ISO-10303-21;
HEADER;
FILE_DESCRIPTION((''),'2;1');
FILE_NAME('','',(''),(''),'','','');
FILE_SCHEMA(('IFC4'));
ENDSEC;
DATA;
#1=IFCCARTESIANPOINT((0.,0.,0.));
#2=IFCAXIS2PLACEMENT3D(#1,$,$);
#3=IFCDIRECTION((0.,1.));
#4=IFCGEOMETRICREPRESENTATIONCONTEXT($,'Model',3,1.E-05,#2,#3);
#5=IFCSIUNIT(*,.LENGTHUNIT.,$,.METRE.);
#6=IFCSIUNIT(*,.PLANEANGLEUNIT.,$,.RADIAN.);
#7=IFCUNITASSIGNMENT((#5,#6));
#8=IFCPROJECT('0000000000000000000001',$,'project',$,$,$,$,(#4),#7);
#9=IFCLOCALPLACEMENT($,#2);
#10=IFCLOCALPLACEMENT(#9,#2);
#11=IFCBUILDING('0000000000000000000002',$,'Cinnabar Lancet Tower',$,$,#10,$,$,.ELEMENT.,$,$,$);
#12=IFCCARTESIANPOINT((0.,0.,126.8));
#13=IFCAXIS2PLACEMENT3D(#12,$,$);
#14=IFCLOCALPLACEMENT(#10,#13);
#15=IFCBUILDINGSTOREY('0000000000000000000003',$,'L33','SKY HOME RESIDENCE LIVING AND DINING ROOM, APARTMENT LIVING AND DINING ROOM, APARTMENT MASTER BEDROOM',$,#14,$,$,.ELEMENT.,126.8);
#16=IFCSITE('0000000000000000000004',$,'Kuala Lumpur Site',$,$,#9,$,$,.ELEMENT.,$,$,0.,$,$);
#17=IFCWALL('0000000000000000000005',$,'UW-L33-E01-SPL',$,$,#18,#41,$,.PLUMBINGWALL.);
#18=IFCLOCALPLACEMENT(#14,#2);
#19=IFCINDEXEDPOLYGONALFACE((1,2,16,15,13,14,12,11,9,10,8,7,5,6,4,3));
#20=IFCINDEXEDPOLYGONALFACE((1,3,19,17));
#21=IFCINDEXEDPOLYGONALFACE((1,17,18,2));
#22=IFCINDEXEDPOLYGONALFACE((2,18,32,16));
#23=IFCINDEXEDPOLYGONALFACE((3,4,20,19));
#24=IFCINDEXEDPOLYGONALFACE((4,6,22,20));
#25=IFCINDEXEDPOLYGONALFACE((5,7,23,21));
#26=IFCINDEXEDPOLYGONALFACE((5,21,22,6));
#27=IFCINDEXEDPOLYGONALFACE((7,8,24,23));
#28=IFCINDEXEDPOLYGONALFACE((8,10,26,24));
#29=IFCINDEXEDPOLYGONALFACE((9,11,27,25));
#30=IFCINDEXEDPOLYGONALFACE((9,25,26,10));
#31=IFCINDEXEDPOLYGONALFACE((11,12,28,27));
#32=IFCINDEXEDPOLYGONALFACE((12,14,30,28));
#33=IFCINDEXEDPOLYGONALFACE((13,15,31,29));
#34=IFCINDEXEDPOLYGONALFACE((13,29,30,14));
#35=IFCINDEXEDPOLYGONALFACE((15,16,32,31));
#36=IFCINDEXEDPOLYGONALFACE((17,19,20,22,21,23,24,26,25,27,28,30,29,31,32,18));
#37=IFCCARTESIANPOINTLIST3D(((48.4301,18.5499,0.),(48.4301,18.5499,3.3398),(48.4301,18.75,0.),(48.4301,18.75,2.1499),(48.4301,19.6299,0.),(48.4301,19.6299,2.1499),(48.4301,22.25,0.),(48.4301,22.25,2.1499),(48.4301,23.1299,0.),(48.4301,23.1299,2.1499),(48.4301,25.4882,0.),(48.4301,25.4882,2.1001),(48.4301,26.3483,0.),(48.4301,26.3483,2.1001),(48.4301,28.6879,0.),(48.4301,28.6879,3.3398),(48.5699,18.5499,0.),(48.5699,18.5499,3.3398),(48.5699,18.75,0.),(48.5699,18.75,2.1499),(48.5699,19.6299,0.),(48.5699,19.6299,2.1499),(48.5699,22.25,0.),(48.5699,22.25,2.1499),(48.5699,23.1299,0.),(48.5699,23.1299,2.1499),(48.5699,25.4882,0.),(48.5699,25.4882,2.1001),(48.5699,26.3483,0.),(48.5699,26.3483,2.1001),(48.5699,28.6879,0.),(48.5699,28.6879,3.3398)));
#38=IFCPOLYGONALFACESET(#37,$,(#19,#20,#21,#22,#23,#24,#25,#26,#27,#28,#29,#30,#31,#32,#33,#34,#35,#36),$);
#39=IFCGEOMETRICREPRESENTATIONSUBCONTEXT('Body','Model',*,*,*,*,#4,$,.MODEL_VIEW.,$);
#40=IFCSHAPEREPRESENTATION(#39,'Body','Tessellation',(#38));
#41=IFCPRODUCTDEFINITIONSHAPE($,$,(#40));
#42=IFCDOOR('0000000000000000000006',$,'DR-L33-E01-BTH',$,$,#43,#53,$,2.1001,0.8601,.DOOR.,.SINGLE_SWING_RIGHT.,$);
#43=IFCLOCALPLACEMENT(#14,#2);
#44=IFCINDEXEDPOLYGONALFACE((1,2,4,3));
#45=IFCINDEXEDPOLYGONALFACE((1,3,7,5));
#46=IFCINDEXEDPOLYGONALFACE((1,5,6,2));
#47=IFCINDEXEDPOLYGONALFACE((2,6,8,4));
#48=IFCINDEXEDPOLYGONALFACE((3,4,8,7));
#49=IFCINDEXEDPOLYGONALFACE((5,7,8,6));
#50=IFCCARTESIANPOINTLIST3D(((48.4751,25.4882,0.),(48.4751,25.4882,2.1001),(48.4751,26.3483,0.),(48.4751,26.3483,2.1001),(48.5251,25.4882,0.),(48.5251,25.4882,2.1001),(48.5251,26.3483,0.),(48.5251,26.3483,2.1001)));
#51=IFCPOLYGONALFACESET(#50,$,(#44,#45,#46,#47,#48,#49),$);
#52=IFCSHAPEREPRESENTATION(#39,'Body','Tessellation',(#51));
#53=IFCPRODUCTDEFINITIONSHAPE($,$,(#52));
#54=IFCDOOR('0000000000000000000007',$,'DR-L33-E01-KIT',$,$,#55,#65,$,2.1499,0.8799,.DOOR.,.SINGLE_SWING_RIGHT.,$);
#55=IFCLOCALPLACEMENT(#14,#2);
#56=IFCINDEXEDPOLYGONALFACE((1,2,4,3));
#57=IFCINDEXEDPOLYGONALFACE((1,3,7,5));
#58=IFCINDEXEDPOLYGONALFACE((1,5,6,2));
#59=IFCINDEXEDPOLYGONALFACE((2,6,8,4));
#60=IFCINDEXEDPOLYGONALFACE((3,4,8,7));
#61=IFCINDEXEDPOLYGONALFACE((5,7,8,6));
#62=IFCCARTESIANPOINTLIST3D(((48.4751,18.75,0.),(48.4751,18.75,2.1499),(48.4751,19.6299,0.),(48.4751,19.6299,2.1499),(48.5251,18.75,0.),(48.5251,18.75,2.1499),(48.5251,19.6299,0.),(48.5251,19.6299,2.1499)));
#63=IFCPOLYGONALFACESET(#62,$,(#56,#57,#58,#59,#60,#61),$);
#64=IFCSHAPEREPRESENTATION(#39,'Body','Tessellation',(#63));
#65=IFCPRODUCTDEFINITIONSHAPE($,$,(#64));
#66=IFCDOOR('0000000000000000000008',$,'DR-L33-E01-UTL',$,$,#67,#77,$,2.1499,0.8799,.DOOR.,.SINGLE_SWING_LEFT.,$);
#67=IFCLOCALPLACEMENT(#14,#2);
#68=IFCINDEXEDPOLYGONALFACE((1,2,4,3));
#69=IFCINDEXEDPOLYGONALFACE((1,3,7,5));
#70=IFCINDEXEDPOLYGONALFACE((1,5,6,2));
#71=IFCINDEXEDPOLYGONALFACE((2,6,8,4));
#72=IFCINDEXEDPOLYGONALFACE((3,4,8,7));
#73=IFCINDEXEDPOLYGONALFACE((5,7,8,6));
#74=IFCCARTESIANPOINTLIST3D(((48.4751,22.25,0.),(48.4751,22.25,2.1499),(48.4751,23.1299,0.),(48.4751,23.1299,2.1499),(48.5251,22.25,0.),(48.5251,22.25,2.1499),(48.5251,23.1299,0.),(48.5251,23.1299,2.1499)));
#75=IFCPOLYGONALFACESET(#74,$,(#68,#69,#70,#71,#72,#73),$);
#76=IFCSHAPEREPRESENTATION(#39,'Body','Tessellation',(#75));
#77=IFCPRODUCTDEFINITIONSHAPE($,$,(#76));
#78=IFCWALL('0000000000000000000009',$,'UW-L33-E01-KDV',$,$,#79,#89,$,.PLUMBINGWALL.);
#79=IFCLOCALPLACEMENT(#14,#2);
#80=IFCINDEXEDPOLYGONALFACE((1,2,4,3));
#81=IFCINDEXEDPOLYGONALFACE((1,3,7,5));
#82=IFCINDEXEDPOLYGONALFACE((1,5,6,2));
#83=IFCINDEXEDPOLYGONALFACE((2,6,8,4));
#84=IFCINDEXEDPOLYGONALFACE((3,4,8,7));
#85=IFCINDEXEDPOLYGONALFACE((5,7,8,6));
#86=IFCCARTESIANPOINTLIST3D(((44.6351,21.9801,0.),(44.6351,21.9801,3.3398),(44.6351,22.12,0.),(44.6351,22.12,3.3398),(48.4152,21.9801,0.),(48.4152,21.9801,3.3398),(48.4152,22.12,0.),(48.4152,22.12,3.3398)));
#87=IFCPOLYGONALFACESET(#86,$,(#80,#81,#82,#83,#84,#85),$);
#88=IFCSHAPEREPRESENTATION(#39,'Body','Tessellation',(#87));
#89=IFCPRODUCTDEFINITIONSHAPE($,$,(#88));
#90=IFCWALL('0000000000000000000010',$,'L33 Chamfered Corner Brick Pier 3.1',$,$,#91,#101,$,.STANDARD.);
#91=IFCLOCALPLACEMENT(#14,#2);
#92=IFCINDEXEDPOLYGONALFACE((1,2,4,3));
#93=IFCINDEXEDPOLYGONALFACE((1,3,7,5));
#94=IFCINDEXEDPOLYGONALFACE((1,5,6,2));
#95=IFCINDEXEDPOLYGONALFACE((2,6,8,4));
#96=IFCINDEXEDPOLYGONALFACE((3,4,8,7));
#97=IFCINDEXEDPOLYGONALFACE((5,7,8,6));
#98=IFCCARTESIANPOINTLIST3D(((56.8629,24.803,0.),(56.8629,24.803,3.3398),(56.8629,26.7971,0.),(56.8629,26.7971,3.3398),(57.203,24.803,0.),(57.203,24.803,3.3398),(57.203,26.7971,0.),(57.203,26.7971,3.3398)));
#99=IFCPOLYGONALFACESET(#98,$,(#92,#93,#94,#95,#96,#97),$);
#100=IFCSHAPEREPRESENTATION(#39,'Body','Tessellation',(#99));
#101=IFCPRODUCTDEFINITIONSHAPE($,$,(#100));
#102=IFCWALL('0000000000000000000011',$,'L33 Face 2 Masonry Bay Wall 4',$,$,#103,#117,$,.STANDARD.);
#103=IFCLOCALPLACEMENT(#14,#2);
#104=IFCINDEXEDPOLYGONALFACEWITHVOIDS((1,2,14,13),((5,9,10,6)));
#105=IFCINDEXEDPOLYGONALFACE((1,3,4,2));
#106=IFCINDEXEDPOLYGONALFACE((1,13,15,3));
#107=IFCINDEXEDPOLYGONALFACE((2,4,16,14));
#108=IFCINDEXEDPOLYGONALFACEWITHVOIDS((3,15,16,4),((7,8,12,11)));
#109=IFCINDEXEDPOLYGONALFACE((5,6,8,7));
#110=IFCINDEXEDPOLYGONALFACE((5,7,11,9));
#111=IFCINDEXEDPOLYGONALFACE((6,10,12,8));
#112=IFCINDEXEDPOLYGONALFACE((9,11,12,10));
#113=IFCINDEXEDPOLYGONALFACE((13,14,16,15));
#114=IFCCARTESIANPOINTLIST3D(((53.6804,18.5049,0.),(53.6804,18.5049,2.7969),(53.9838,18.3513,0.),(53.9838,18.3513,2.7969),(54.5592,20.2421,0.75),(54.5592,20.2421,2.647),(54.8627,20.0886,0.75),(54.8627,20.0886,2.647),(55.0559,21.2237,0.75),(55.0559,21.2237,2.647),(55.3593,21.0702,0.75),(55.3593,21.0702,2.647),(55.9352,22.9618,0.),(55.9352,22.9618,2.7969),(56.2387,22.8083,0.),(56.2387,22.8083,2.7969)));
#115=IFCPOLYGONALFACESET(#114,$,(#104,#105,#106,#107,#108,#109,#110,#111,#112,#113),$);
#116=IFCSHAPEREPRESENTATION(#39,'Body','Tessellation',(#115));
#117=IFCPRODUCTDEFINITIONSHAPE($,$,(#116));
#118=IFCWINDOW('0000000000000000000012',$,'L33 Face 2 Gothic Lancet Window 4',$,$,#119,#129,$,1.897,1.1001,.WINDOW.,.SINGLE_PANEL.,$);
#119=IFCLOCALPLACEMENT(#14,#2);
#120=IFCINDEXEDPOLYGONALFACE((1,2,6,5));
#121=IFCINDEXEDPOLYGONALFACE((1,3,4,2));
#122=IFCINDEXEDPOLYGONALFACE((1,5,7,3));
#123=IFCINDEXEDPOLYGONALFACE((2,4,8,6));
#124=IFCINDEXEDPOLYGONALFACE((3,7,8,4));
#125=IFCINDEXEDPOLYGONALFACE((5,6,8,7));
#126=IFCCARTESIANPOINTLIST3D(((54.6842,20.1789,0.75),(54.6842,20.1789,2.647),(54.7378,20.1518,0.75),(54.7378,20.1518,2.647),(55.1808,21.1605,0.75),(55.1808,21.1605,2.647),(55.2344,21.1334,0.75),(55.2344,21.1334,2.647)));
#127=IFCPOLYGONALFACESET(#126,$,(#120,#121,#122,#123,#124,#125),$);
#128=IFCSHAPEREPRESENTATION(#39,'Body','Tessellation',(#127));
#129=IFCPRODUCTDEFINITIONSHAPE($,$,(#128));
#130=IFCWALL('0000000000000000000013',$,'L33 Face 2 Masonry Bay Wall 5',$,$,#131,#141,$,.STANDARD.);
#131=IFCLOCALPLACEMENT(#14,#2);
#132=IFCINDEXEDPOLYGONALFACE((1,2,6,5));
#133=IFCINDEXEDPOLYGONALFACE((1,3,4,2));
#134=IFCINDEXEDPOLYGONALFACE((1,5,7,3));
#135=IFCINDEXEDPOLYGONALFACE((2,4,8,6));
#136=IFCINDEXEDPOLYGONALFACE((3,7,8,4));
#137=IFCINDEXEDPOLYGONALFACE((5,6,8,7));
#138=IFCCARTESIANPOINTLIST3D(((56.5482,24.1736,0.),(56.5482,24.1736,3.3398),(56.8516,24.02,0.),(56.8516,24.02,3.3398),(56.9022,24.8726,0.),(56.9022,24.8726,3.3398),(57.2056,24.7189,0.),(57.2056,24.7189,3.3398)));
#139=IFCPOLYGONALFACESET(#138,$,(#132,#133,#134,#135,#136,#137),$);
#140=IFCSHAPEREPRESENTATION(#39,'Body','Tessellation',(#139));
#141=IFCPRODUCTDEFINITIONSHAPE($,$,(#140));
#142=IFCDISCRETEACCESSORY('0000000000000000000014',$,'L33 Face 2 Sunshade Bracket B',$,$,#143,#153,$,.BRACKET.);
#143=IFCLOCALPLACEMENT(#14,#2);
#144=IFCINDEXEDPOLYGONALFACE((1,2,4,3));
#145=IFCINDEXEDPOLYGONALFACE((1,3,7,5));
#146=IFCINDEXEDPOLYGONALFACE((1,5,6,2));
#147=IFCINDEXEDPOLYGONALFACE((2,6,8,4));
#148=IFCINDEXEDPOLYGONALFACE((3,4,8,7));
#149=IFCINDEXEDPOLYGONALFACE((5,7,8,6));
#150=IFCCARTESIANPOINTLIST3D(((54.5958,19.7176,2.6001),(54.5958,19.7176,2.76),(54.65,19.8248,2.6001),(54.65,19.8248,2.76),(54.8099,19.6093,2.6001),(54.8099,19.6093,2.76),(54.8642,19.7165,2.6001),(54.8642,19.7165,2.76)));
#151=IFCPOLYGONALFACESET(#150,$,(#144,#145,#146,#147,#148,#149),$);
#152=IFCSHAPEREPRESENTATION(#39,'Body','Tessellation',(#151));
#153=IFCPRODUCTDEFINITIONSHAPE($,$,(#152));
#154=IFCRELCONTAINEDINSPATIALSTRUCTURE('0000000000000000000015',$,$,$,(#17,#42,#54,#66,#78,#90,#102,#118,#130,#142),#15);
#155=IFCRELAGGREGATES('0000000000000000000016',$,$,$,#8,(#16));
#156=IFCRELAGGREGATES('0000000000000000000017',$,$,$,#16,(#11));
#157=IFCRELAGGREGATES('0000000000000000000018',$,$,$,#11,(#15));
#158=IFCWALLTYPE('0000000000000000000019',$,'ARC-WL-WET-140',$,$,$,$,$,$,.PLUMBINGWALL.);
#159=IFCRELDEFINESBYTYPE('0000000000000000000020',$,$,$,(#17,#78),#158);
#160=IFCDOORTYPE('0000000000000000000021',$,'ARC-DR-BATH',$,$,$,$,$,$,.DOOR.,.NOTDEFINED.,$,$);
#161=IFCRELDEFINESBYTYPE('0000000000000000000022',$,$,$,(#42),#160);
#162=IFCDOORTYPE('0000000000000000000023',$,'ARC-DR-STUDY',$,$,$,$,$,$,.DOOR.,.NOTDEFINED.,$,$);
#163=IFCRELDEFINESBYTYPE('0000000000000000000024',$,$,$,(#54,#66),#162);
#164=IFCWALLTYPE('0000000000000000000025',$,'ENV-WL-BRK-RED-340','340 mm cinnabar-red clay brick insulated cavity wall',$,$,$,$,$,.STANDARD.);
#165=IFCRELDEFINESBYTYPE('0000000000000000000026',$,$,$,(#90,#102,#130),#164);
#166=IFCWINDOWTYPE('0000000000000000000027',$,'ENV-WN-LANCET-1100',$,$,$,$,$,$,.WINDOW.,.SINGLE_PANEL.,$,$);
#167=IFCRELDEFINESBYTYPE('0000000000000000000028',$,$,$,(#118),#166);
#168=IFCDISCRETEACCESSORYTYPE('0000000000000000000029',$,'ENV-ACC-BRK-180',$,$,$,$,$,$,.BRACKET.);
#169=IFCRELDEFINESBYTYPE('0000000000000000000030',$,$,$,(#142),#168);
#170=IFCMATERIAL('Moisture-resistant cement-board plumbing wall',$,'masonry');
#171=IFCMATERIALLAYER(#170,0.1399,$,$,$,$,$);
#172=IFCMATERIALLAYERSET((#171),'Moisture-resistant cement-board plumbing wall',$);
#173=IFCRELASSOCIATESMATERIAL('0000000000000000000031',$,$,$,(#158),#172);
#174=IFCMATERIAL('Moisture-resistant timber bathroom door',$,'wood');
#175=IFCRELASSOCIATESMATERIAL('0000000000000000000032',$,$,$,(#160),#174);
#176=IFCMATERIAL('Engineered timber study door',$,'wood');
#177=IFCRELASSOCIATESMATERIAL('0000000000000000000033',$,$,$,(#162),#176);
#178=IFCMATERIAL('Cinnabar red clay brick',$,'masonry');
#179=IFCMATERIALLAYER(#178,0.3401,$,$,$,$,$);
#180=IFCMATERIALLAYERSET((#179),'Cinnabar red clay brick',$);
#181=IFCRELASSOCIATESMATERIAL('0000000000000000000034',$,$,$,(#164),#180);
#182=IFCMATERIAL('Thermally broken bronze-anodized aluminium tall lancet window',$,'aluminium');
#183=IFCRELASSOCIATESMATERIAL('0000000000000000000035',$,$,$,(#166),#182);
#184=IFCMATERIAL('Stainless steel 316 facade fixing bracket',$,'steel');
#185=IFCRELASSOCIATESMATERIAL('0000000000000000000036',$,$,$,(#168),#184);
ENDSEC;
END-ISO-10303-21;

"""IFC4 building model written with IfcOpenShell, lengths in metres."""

from ifc_helpers import new_model, si_unit, direction, frame, frame_2d, origin, origin_2d, place, context, subcontext, project, spatial, rectangle, extrude, material, layer, layer_set, type_object, element, fill, save


model = new_model("IFC4")

# Units and contexts
model_context = context("Model", 3, precision=1e-05, world=origin(), true_north=direction((0.0, 1.0)))
body_context = subcontext(model_context, "Body", "Model", "MODEL_VIEW")
ifc_project = project(units=[si_unit("LENGTHUNIT", "METRE"), si_unit("PLANEANGLEUNIT", "RADIAN")], contexts=[model_context])

# Site, building, storey
site_placement = place(None, origin())
site = spatial("IfcSite", under=ifc_project, at=site_placement, Name="Kuala Lumpur Site", CompositionType="ELEMENT", RefElevation=0.0)
building_placement = place(site_placement, origin())
building = spatial("IfcBuilding", under=site, at=building_placement, Name="Cinnabar Lancet Tower", CompositionType="ELEMENT")
storey_placement = place(building_placement, frame((0.0, 0.0, 126.8)))
storey = spatial("IfcBuildingStorey", under=building, at=storey_placement, Name="L33", Description="SKY HOME RESIDENCE LIVING AND DINING ROOM, APARTMENT LIVING AND DINING ROOM, APARTMENT MASTER BEDROOM", CompositionType="ELEMENT", Elevation=126.8)

# Wall, openings, doors
ifc_material_1 = material(Name="Moisture-resistant cement-board plumbing wall", Category="masonry")
ifc_layer_1 = layer(ifc_material_1, 0.1399)
ifc_layer_set_1 = layer_set([ifc_layer_1], Name="Moisture-resistant cement-board plumbing wall")
wall_type_1 = type_object("IfcWallType", Name="ARC-WL-WET-140", PredefinedType="PLUMBINGWALL", material=ifc_layer_set_1)
wall_1_placement = place(storey_placement, frame((48.5, 18.55, 0.0), z_axis=(0.0, 0.0, 1.0), x_axis=(0.0, 1.0, 0.0)))
wall_1 = element("IfcWall", 1, at=wall_1_placement, inside=storey, type_object=wall_type_1, Name="UW-L33-E01-SPL", PredefinedType="PLUMBINGWALL", context=body_context, shape_type="SweptSolid", body=[
    extrude(rectangle(XDim=10.1379, YDim=0.1399, at=frame_2d((5.0688, 0.0))), origin(), (0.0, 0.0, 1.0), 3.3398),
])
opening_1_placement = place(wall_1_placement, frame((0.2, 0.0, 0.0)))
opening_1 = element("IfcOpeningElement", 2, at=opening_1_placement, cuts=wall_1, PredefinedType="OPENING", context=body_context, shape_type="SweptSolid", body=[
    extrude(rectangle(XDim=0.8799, YDim=2.1499, at=frame_2d((0.4399, 1.075))), frame((0.0, 0.0798, 0.0), z_axis=(0.0, -1.0, 0.0), x_axis=(1.0, 0.0, 0.0)), (0.0, 0.0, 1.0), 0.1599),
])
opening_2_placement = place(wall_1_placement, frame((3.7, 0.0, 0.0)))
opening_2 = element("IfcOpeningElement", 3, at=opening_2_placement, cuts=wall_1, PredefinedType="OPENING", context=body_context, shape_type="SweptSolid", body=[
    extrude(rectangle(XDim=0.8799, YDim=2.1499, at=frame_2d((0.4399, 1.075))), frame((0.0, 0.0798, 0.0), z_axis=(0.0, -1.0, 0.0), x_axis=(1.0, 0.0, 0.0)), (0.0, 0.0, 1.0), 0.1599),
])
opening_3_placement = place(wall_1_placement, frame((6.938, 0.0, 0.0)))
opening_3 = element("IfcOpeningElement", 4, at=opening_3_placement, cuts=wall_1, PredefinedType="OPENING", context=body_context, shape_type="SweptSolid", body=[
    extrude(rectangle(XDim=0.8601, YDim=2.1001, at=frame_2d((0.4302, 1.05))), frame((0.0, 0.0798, 0.0), z_axis=(0.0, -1.0, 0.0), x_axis=(1.0, 0.0, 0.0)), (0.0, 0.0, 1.0), 0.1599),
])
ifc_material_2 = material(Name="Moisture-resistant timber bathroom door", Category="wood")
door_type_1 = type_object("IfcDoorType", Name="ARC-DR-BATH", OperationType="NOTDEFINED", PredefinedType="DOOR", material=ifc_material_2)
door_1_placement = place(opening_3_placement, origin())
door_1 = element("IfcDoor", 5, at=door_1_placement, inside=storey, type_object=door_type_1, Name="DR-L33-E01-BTH", OperationType="SINGLE_SWING_RIGHT", OverallHeight=2.1001, OverallWidth=0.8601, PredefinedType="DOOR", context=body_context, shape_type="SweptSolid", body=[
    extrude(rectangle(XDim=0.8601, YDim=2.1001, at=frame_2d((0.4302, 1.05))), frame((0.0, 0.0249, 0.0), z_axis=(0.0, -1.0, 0.0), x_axis=(1.0, 0.0, 0.0)), (0.0, 0.0, 1.0), 0.05),
])
fill(opening_3, door_1)
ifc_material_3 = material(Name="Engineered timber study door", Category="wood")
door_type_2 = type_object("IfcDoorType", Name="ARC-DR-STUDY", OperationType="NOTDEFINED", PredefinedType="DOOR", material=ifc_material_3)
door_2_placement = place(opening_1_placement, origin())
door_2 = element("IfcDoor", 6, at=door_2_placement, inside=storey, type_object=door_type_2, Name="DR-L33-E01-KIT", OperationType="SINGLE_SWING_RIGHT", OverallHeight=2.1499, OverallWidth=0.8799, PredefinedType="DOOR", context=body_context, shape_type="SweptSolid", body=[
    extrude(rectangle(XDim=0.8799, YDim=2.1499, at=frame_2d((0.4399, 1.075))), frame((0.0, 0.0249, 0.0), z_axis=(0.0, -1.0, 0.0), x_axis=(1.0, 0.0, 0.0)), (0.0, 0.0, 1.0), 0.05),
])
fill(opening_1, door_2)
door_3_placement = place(opening_2_placement, origin())
door_3 = element("IfcDoor", 7, at=door_3_placement, inside=storey, type_object=door_type_2, Name="DR-L33-E01-UTL", OperationType="SINGLE_SWING_LEFT", OverallHeight=2.1499, OverallWidth=0.8799, PredefinedType="DOOR", context=body_context, shape_type="SweptSolid", body=[
    extrude(rectangle(XDim=0.8799, YDim=2.1499, at=frame_2d((0.4399, 1.075))), frame((0.0, 0.0249, 0.0), z_axis=(0.0, -1.0, 0.0), x_axis=(1.0, 0.0, 0.0)), (0.0, 0.0, 1.0), 0.05),
])
fill(opening_2, door_3)

# Walls
wall_2_placement = place(storey_placement, frame((44.635, 22.05, 0.0), z_axis=(0.0, 0.0, 1.0), x_axis=(1.0, 0.0, 0.0)))
element("IfcWall", 8, at=wall_2_placement, inside=storey, type_object=wall_type_1, Name="UW-L33-E01-KDV", PredefinedType="PLUMBINGWALL", context=body_context, shape_type="SweptSolid", body=[
    extrude(rectangle(XDim=3.78, YDim=0.1399, at=frame_2d((1.8901, 0.0))), origin(), (0.0, 0.0, 1.0), 3.3398),
])
ifc_material_4 = material(Name="Cinnabar red clay brick", Category="masonry")
ifc_layer_2 = layer(ifc_material_4, 0.3401)
ifc_layer_set_2 = layer_set([ifc_layer_2], Name="Cinnabar red clay brick")
wall_type_2 = type_object("IfcWallType", Name="ENV-WL-BRK-RED-340", Description="340 mm cinnabar-red clay brick insulated cavity wall", PredefinedType="STANDARD", material=ifc_layer_set_2)
wall_3_placement = place(storey_placement, frame((57.033, 24.803, 0.0), z_axis=(0.0, 0.0, 1.0), x_axis=(0.0, 1.0, 0.0)))
element("IfcWall", 9, at=wall_3_placement, inside=storey, type_object=wall_type_2, Name="L33 Chamfered Corner Brick Pier 3.1", PredefinedType="STANDARD", context=body_context, shape_type="SweptSolid", body=[
    extrude(rectangle(XDim=1.9941, YDim=0.3401, at=frame_2d((0.9971, 0.0))), origin(), (0.0, 0.0, 1.0), 3.3398),
])

# Wall, opening, window
wall_4_placement = place(storey_placement, frame((53.832, 18.428, 0.0), z_axis=(0.0, 0.0, 1.0), x_axis=(0.451432, 0.892306, 0.0)))
wall_4 = element("IfcWall", 10, at=wall_4_placement, inside=storey, type_object=wall_type_2, Name="L33 Face 2 Masonry Bay Wall 4", PredefinedType="STANDARD", context=body_context, shape_type="SweptSolid", body=[
    extrude(rectangle(XDim=4.9949, YDim=0.3401, at=frame_2d((2.4976, 0.0))), origin(), (0.0, 0.0, 1.0), 2.7969),
])
opening_4_placement = place(wall_4_placement, frame((1.947, 0.0, 0.75)))
opening_4 = element("IfcOpeningElement", 11, at=opening_4_placement, cuts=wall_4, PredefinedType="OPENING", context=body_context, shape_type="SweptSolid", body=[
    extrude(rectangle(XDim=1.1001, YDim=1.897, at=frame_2d((0.55, 0.9485))), frame((0.0, 0.1799, 0.0), z_axis=(0.0, -1.0, 0.0), x_axis=(1.0, 0.0, 0.0)), (0.0, 0.0, 1.0), 0.3601),
])
ifc_material_5 = material(Name="Thermally broken bronze-anodized aluminium tall lancet window", Category="aluminium")
window_type = type_object("IfcWindowType", Name="ENV-WN-LANCET-1100", PartitioningType="SINGLE_PANEL", PredefinedType="WINDOW", material=ifc_material_5)
window_placement = place(opening_4_placement, origin())
window = element("IfcWindow", 12, at=window_placement, inside=storey, type_object=window_type, Name="L33 Face 2 Gothic Lancet Window 4", OverallHeight=1.897, OverallWidth=1.1001, PartitioningType="SINGLE_PANEL", PredefinedType="WINDOW", context=body_context, shape_type="SweptSolid", body=[
    extrude(rectangle(XDim=1.1001, YDim=1.897, at=frame_2d((0.55, 0.9485))), frame((0.0, 0.03, 0.0), z_axis=(0.0, -1.0, 0.0), x_axis=(1.0, 0.0, 0.0)), (0.0, 0.0, 1.0), 0.0601),
])
fill(opening_4, window)

# Wall
wall_5_placement = place(storey_placement, frame((56.7, 24.0969, 0.0), z_axis=(0.0, 0.0, 1.0), x_axis=(0.451819, 0.892109, 0.0)))
element("IfcWall", 13, at=wall_5_placement, inside=storey, type_object=wall_type_2, Name="L33 Face 2 Masonry Bay Wall 5", PredefinedType="STANDARD", context=body_context, shape_type="SweptSolid", body=[
    extrude(rectangle(XDim=0.7834, YDim=0.3401, at=frame_2d((0.3916, 0.0))), origin(), (0.0, 0.0, 1.0), 3.3398),
])

# Discrete accessory
ifc_material_6 = material(Name="Stainless steel 316 facade fixing bracket", Category="steel")
discrete_accessory_type = type_object("IfcDiscreteAccessoryType", Name="ENV-ACC-BRK-180", PredefinedType="BRACKET", material=ifc_material_6)
discrete_accessory_placement = place(storey_placement, frame((54.73, 19.717, 2.6001), z_axis=(0.0, 0.0, 1.0), x_axis=(0.451454, 0.892294, 0.0)))
element("IfcDiscreteAccessory", 14, at=discrete_accessory_placement, inside=storey, type_object=discrete_accessory_type, Name="L33 Face 2 Sunshade Bracket B", PredefinedType="BRACKET", context=body_context, shape_type="SweptSolid", body=[
    extrude(rectangle(XDim=0.1201, YDim=0.24, at=origin_2d()), origin(), (0.0, 0.0, 1.0), 0.1599),
])

save(model, "model.ifc")
